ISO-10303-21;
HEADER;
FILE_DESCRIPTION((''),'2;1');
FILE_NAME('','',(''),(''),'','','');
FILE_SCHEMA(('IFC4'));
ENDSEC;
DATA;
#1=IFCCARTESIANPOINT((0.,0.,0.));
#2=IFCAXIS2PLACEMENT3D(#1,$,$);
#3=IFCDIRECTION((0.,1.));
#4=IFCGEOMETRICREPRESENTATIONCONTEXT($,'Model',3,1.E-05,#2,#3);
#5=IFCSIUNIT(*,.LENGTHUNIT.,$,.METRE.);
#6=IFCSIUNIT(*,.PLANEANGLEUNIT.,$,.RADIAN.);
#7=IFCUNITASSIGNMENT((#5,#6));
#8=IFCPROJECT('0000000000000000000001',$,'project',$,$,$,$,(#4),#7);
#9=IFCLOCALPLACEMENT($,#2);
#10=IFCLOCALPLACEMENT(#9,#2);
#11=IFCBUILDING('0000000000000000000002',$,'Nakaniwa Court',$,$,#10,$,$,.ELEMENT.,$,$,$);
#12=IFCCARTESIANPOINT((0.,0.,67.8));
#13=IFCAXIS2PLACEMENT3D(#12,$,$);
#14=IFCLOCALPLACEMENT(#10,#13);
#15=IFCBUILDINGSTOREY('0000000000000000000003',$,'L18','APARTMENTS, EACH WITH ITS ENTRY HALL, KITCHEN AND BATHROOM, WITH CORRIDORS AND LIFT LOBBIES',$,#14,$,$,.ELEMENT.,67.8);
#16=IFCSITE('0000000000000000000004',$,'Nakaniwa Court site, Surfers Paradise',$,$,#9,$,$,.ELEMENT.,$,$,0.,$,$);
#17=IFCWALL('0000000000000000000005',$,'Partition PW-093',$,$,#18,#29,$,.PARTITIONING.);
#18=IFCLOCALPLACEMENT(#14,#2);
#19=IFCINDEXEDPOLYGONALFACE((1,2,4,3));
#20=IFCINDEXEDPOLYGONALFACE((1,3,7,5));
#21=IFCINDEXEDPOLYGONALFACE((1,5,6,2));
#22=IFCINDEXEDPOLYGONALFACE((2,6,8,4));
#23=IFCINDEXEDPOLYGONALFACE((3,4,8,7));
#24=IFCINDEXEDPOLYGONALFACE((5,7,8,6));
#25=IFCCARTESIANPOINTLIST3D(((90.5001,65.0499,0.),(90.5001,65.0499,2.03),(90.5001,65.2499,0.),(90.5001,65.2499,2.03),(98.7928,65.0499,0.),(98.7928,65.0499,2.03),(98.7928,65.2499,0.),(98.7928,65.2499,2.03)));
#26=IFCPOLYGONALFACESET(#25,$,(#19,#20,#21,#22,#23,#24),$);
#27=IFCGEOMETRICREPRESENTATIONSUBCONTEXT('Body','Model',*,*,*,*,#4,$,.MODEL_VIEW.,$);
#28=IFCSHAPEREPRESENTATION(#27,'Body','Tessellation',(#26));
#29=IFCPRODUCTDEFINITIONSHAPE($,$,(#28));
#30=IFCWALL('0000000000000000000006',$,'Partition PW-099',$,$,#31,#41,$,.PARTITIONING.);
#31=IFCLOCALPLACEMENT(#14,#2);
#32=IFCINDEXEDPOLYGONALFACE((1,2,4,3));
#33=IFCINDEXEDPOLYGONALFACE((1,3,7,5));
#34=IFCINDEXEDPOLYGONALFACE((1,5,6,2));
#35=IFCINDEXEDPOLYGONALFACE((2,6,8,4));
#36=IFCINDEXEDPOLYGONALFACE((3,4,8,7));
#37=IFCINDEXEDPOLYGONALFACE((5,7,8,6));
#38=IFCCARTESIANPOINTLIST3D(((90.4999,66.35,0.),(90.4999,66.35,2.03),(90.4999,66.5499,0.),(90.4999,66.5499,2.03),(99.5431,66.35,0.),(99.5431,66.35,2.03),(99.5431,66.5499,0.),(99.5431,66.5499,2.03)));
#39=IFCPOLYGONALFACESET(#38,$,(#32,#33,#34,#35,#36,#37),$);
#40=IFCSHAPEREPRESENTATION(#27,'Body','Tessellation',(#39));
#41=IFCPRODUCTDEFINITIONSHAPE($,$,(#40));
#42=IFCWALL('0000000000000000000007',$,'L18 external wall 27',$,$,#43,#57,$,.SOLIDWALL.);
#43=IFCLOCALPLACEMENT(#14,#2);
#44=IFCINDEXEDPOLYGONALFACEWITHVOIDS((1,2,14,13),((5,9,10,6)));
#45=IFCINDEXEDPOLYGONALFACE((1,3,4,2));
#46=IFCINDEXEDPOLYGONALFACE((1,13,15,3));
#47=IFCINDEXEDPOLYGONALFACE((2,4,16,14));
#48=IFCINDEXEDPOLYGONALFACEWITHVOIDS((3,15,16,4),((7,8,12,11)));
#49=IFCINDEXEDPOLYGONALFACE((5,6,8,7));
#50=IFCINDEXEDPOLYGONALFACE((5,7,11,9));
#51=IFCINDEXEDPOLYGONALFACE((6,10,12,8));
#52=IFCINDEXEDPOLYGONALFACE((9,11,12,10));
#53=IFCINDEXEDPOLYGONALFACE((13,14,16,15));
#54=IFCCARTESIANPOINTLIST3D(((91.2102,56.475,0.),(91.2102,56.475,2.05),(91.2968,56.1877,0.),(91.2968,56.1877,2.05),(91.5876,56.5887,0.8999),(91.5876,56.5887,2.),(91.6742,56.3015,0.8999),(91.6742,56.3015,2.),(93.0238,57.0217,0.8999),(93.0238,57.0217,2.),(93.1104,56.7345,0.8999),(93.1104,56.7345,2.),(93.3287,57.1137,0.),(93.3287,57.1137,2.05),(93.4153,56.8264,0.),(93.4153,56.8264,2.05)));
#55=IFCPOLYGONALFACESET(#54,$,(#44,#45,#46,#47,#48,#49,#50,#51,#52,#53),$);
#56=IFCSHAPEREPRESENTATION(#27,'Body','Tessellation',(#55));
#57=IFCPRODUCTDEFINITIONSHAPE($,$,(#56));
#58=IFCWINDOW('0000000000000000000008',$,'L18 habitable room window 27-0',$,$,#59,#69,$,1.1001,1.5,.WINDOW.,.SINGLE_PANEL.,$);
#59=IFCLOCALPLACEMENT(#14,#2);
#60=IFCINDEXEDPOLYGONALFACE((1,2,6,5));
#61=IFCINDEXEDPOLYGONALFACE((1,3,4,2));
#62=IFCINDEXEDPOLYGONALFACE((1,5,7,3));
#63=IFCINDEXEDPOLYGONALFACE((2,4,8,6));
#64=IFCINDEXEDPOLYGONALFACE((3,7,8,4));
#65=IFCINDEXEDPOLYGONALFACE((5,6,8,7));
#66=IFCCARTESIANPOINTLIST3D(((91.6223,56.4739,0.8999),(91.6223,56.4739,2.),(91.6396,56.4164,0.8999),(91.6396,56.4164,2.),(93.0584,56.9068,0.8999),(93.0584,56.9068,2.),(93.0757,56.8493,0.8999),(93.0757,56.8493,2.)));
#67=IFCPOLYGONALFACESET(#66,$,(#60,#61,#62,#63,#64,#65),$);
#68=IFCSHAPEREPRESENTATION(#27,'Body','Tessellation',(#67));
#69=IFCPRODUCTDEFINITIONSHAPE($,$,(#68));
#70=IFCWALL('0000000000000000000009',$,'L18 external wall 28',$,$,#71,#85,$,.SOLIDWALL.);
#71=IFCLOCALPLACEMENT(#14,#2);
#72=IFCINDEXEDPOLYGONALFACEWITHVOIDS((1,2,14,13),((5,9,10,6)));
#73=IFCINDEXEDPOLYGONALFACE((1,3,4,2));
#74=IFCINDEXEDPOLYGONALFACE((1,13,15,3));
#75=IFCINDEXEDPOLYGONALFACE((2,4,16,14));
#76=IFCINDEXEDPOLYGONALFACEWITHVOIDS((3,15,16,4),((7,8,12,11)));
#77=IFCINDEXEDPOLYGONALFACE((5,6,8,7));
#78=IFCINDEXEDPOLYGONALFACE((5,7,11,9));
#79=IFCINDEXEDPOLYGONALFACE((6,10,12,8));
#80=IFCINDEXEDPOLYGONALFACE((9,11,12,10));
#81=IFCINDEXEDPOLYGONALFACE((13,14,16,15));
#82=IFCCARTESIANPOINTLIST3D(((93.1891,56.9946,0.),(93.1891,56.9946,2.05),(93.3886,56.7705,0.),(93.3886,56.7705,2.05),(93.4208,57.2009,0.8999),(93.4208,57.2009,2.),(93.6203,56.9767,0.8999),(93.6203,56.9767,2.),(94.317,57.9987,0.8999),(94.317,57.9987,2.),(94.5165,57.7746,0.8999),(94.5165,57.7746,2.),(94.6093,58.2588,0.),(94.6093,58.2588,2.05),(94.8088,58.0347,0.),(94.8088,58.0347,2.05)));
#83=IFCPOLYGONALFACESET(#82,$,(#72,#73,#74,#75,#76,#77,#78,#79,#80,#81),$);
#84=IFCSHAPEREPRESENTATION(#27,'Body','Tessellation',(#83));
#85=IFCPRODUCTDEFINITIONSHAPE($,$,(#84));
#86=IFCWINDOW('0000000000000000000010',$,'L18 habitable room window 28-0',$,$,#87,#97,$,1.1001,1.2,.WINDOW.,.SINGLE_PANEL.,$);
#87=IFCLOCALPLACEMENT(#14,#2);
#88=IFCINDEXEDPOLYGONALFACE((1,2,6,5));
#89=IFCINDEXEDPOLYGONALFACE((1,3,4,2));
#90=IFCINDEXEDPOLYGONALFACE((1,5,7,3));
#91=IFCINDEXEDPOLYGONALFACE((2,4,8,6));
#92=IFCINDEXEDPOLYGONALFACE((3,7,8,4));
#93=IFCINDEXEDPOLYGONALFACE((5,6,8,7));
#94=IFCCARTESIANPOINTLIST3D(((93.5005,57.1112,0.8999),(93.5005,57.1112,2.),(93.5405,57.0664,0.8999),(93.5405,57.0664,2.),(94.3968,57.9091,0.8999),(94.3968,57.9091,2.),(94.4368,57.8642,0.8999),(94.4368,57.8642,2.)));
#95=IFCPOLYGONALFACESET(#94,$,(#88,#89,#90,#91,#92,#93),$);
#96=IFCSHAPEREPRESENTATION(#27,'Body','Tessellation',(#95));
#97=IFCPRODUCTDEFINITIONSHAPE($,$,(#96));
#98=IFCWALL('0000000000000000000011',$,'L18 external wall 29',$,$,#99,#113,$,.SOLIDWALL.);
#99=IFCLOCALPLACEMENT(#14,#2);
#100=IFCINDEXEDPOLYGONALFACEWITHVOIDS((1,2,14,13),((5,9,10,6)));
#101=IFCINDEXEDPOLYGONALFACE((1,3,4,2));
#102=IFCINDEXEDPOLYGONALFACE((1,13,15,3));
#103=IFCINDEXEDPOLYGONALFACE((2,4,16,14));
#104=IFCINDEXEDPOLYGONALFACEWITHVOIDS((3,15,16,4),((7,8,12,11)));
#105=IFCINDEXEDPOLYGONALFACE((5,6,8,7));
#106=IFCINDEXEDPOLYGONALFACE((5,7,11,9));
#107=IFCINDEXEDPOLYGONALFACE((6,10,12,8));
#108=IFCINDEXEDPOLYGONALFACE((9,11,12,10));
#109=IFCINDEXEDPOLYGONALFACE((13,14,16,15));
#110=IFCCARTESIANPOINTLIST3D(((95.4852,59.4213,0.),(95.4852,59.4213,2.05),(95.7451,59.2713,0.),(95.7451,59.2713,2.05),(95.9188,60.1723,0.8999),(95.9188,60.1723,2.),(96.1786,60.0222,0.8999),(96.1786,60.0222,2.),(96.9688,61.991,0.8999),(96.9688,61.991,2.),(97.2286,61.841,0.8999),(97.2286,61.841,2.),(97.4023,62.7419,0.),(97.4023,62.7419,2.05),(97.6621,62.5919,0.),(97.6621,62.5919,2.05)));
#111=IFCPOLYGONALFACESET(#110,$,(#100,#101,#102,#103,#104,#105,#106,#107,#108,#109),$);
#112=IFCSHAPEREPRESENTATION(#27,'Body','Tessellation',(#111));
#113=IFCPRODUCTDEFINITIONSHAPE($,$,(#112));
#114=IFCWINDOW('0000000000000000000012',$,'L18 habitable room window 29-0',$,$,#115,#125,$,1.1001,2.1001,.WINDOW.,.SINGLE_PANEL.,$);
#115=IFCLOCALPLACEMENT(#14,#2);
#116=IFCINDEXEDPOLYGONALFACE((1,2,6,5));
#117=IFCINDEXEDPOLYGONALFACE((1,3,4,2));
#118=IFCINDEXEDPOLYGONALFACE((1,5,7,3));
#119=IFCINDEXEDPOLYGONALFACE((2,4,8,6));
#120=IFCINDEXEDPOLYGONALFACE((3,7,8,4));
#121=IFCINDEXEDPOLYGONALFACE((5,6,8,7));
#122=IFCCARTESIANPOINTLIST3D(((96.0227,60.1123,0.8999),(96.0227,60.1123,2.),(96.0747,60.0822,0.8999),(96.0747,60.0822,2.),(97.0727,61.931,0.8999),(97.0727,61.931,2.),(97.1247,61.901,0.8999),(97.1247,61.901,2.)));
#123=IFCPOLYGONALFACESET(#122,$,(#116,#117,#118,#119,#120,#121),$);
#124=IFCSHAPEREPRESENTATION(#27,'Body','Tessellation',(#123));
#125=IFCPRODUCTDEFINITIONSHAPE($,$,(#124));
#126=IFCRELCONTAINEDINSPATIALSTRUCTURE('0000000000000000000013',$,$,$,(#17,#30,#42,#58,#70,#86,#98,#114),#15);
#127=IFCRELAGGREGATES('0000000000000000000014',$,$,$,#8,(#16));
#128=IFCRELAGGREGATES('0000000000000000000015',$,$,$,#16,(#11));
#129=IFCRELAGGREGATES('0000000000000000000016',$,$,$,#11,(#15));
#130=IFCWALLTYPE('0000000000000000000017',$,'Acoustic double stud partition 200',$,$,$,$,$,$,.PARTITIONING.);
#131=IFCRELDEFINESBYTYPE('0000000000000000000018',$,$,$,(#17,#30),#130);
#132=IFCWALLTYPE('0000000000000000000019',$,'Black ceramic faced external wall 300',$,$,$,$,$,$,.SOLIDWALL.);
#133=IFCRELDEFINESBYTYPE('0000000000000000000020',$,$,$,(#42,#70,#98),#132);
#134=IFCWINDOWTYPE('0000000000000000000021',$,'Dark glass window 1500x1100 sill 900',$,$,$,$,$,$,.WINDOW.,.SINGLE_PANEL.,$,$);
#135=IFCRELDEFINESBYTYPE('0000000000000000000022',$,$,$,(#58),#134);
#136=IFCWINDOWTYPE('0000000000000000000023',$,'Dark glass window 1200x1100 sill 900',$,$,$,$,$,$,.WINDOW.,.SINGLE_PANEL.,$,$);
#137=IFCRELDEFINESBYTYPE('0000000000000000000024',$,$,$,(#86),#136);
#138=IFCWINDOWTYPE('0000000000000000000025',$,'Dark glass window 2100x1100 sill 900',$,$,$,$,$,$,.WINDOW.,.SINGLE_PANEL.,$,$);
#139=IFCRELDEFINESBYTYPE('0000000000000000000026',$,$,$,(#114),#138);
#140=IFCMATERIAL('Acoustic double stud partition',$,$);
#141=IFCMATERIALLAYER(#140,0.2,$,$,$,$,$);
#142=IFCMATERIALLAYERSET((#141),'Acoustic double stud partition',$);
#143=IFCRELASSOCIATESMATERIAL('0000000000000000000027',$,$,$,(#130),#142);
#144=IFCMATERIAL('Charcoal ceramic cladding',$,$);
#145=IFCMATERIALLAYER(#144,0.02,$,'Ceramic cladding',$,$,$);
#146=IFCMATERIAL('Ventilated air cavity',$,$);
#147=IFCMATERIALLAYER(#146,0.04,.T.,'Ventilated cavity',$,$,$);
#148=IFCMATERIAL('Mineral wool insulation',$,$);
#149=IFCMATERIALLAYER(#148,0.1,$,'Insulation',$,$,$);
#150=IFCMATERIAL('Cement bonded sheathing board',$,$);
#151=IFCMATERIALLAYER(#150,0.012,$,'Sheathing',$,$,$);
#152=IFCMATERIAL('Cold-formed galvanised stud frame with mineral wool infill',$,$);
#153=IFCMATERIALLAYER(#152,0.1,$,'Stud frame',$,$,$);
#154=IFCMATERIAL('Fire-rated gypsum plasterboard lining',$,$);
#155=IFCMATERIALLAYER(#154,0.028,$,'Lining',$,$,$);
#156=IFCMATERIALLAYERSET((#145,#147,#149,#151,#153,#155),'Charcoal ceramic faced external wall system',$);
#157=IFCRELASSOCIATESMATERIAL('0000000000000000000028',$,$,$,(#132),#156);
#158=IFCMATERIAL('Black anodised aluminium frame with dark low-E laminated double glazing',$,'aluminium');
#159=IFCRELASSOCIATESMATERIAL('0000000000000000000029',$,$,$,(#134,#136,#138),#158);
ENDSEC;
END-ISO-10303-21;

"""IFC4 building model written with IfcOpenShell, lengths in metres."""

from ifc_helpers import new_model, si_unit, direction, frame, frame_2d, origin, place, context, subcontext, project, spatial, rectangle, extrude, material, layer, layer_set, type_object, element, fill, save


model = new_model("IFC4")

# Units and contexts
model_context = context("Model", 3, precision=1e-05, world=origin(), true_north=direction((0.0, 1.0)))
body_context = subcontext(model_context, "Body", "Model", "MODEL_VIEW")
ifc_project = project(units=[si_unit("LENGTHUNIT", "METRE"), si_unit("PLANEANGLEUNIT", "RADIAN")], contexts=[model_context])

# Site, building, storey
site_placement = place(None, origin())
site = spatial("IfcSite", under=ifc_project, at=site_placement, Name="Nakaniwa Court site, Surfers Paradise", CompositionType="ELEMENT", RefElevation=0.0)
building_placement = place(site_placement, origin())
building = spatial("IfcBuilding", under=site, at=building_placement, Name="Nakaniwa Court", CompositionType="ELEMENT")
storey_placement = place(building_placement, frame((0.0, 0.0, 67.8)))
storey = spatial("IfcBuildingStorey", under=building, at=storey_placement, Name="L18", Description="APARTMENTS, EACH WITH ITS ENTRY HALL, KITCHEN AND BATHROOM, WITH CORRIDORS AND LIFT LOBBIES", CompositionType="ELEMENT", Elevation=67.8)

# Walls
ifc_material_1 = material(Name="Acoustic double stud partition")
ifc_layer_1 = layer(ifc_material_1, 0.2)
ifc_layer_set_1 = layer_set([ifc_layer_1], Name="Acoustic double stud partition")
wall_type_1 = type_object("IfcWallType", Name="Acoustic double stud partition 200", PredefinedType="PARTITIONING", material=ifc_layer_set_1)
wall_1_placement = place(storey_placement, frame((90.5, 65.1499, 0.0), z_axis=(0.0, 0.0, 1.0), x_axis=(1.0, 0.0, 0.0)))
element("IfcWall", 1, at=wall_1_placement, inside=storey, type_object=wall_type_1, Name="Partition PW-093", PredefinedType="PARTITIONING", context=body_context, shape_type="SweptSolid", body=[
    extrude(rectangle(XDim=8.2927, YDim=0.2, at=frame_2d((4.1465, 0.0))), origin(), (0.0, 0.0, 1.0), 2.03),
])
wall_2_placement = place(storey_placement, frame((90.5, 66.45, 0.0), z_axis=(0.0, 0.0, 1.0), x_axis=(1.0, 0.0, 0.0)))
element("IfcWall", 2, at=wall_2_placement, inside=storey, type_object=wall_type_1, Name="Partition PW-099", PredefinedType="PARTITIONING", context=body_context, shape_type="SweptSolid", body=[
    extrude(rectangle(XDim=9.0432, YDim=0.2, at=frame_2d((4.5215, 0.0))), origin(), (0.0, 0.0, 1.0), 2.03),
])

# Walls, openings, windows
ifc_material_2 = material(Name="Charcoal ceramic cladding")
ifc_layer_2 = layer(ifc_material_2, 0.02, Name="Ceramic cladding")
ifc_material_3 = material(Name="Ventilated air cavity")
ifc_layer_3 = layer(ifc_material_3, 0.04, ventilated=True, Name="Ventilated cavity")
ifc_material_4 = material(Name="Mineral wool insulation")
ifc_layer_4 = layer(ifc_material_4, 0.1, Name="Insulation")
ifc_material_5 = material(Name="Cement bonded sheathing board")
ifc_layer_5 = layer(ifc_material_5, 0.012, Name="Sheathing")
ifc_material_6 = material(Name="Cold-formed galvanised stud frame with mineral wool infill")
ifc_layer_6 = layer(ifc_material_6, 0.1, Name="Stud frame")
ifc_material_7 = material(Name="Fire-rated gypsum plasterboard lining")
ifc_layer_7 = layer(ifc_material_7, 0.028, Name="Lining")
ifc_layer_set_2 = layer_set([ifc_layer_2, ifc_layer_3, ifc_layer_4, ifc_layer_5, ifc_layer_6, ifc_layer_7], Name="Charcoal ceramic faced external wall system")
wall_type_2 = type_object("IfcWallType", Name="Black ceramic faced external wall 300", PredefinedType="SOLIDWALL", material=ifc_layer_set_2)
wall_3_placement = place(storey_placement, frame((91.2534, 56.3313, 0.0), z_axis=(0.0, 0.0, 1.0), x_axis=(0.957434, 0.288653, 0.0)))
wall_3 = element("IfcWall", 3, at=wall_3_placement, inside=storey, type_object=wall_type_2, Name="L18 external wall 27", PredefinedType="SOLIDWALL", context=body_context, shape_type="SweptSolid", body=[
    extrude(rectangle(XDim=2.2126, YDim=0.3, at=frame_2d((1.1064, 0.0))), origin(), (0.0, 0.0, 1.0), 2.05),
])
opening_1_placement = place(wall_3_placement, frame((0.3943, 0.0, 0.8999)))
opening_1 = element("IfcOpeningElement", 4, at=opening_1_placement, cuts=wall_3, PredefinedType="OPENING", context=body_context, shape_type="SweptSolid", body=[
    extrude(rectangle(XDim=1.5, YDim=1.1001, at=frame_2d((0.75, 0.55))), frame((0.0, 0.1599, 0.0), z_axis=(0.0, -1.0, 0.0), x_axis=(1.0, 0.0, 0.0)), (0.0, 0.0, 1.0), 0.3201),
])
ifc_material_8 = material(Name="Black anodised aluminium frame with dark low-E laminated double glazing", Category="aluminium")
window_type_1 = type_object("IfcWindowType", Name="Dark glass window 1500x1100 sill 900", PartitioningType="SINGLE_PANEL", PredefinedType="WINDOW", material=ifc_material_8)
window_1_placement = place(opening_1_placement, origin())
window_1 = element("IfcWindow", 5, at=window_1_placement, inside=storey, type_object=window_type_1, Name="L18 habitable room window 27-0", OverallHeight=1.1001, OverallWidth=1.5, PartitioningType="SINGLE_PANEL", PredefinedType="WINDOW", context=body_context, shape_type="SweptSolid", body=[
    extrude(rectangle(XDim=1.5, YDim=1.1001, at=frame_2d((0.75, 0.55))), frame((0.0, 0.03, 0.0), z_axis=(0.0, -1.0, 0.0), x_axis=(1.0, 0.0, 0.0)), (0.0, 0.0, 1.0), 0.0601),
])
fill(opening_1, window_1)
wall_4_placement = place(storey_placement, frame((93.2888, 56.8826, 0.0), z_axis=(0.0, 0.0, 1.0), x_axis=(0.746942, 0.66489, 0.0)))
wall_4 = element("IfcWall", 6, at=wall_4_placement, inside=storey, type_object=wall_type_2, Name="L18 external wall 28", PredefinedType="SOLIDWALL", context=body_context, shape_type="SweptSolid", body=[
    extrude(rectangle(XDim=1.9014, YDim=0.3, at=frame_2d((0.9507, 0.0))), origin(), (0.0, 0.0, 1.0), 2.05),
])
opening_2_placement = place(wall_4_placement, frame((0.3101, 0.0, 0.8999)))
opening_2 = element("IfcOpeningElement", 7, at=opening_2_placement, cuts=wall_4, PredefinedType="OPENING", context=body_context, shape_type="SweptSolid", body=[
    extrude(rectangle(XDim=1.2, YDim=1.1001, at=frame_2d((0.6001, 0.55))), frame((0.0, 0.1599, 0.0), z_axis=(0.0, -1.0, 0.0), x_axis=(1.0, 0.0, 0.0)), (0.0, 0.0, 1.0), 0.3201),
])
window_type_2 = type_object("IfcWindowType", Name="Dark glass window 1200x1100 sill 900", PartitioningType="SINGLE_PANEL", PredefinedType="WINDOW", material=ifc_material_8)
window_2_placement = place(opening_2_placement, origin())
window_2 = element("IfcWindow", 8, at=window_2_placement, inside=storey, type_object=window_type_2, Name="L18 habitable room window 28-0", OverallHeight=1.1001, OverallWidth=1.2, PartitioningType="SINGLE_PANEL", PredefinedType="WINDOW", context=body_context, shape_type="SweptSolid", body=[
    extrude(rectangle(XDim=1.2, YDim=1.1001, at=frame_2d((0.6001, 0.55))), frame((0.0, 0.03, 0.0), z_axis=(0.0, -1.0, 0.0), x_axis=(1.0, 0.0, 0.0)), (0.0, 0.0, 1.0), 0.0601),
])
fill(opening_2, window_2)
wall_5_placement = place(storey_placement, frame((95.6152, 59.3464, 0.0), z_axis=(0.0, 0.0, 1.0), x_axis=(0.499974, 0.86604, 0.0)))
wall_5 = element("IfcWall", 9, at=wall_5_placement, inside=storey, type_object=wall_type_2, Name="L18 external wall 29", PredefinedType="SOLIDWALL", context=body_context, shape_type="SweptSolid", body=[
    extrude(rectangle(XDim=3.8342, YDim=0.3, at=frame_2d((1.917, 0.0))), origin(), (0.0, 0.0, 1.0), 2.05),
])
opening_3_placement = place(wall_5_placement, frame((0.8669, 0.0, 0.8999)))
opening_3 = element("IfcOpeningElement", 10, at=opening_3_placement, cuts=wall_5, PredefinedType="OPENING", context=body_context, shape_type="SweptSolid", body=[
    extrude(rectangle(XDim=2.1001, YDim=1.1001, at=frame_2d((1.05, 0.55))), frame((0.0, 0.1599, 0.0), z_axis=(0.0, -1.0, 0.0), x_axis=(1.0, 0.0, 0.0)), (0.0, 0.0, 1.0), 0.3201),
])
window_type_3 = type_object("IfcWindowType", Name="Dark glass window 2100x1100 sill 900", PartitioningType="SINGLE_PANEL", PredefinedType="WINDOW", material=ifc_material_8)
window_3_placement = place(opening_3_placement, origin())
window_3 = element("IfcWindow", 11, at=window_3_placement, inside=storey, type_object=window_type_3, Name="L18 habitable room window 29-0", OverallHeight=1.1001, OverallWidth=2.1001, PartitioningType="SINGLE_PANEL", PredefinedType="WINDOW", context=body_context, shape_type="SweptSolid", body=[
    extrude(rectangle(XDim=2.1001, YDim=1.1001, at=frame_2d((1.05, 0.55))), frame((0.0, 0.03, 0.0), z_axis=(0.0, -1.0, 0.0), x_axis=(1.0, 0.0, 0.0)), (0.0, 0.0, 1.0), 0.0601),
])
fill(opening_3, window_3)

save(model, "model.ifc")
